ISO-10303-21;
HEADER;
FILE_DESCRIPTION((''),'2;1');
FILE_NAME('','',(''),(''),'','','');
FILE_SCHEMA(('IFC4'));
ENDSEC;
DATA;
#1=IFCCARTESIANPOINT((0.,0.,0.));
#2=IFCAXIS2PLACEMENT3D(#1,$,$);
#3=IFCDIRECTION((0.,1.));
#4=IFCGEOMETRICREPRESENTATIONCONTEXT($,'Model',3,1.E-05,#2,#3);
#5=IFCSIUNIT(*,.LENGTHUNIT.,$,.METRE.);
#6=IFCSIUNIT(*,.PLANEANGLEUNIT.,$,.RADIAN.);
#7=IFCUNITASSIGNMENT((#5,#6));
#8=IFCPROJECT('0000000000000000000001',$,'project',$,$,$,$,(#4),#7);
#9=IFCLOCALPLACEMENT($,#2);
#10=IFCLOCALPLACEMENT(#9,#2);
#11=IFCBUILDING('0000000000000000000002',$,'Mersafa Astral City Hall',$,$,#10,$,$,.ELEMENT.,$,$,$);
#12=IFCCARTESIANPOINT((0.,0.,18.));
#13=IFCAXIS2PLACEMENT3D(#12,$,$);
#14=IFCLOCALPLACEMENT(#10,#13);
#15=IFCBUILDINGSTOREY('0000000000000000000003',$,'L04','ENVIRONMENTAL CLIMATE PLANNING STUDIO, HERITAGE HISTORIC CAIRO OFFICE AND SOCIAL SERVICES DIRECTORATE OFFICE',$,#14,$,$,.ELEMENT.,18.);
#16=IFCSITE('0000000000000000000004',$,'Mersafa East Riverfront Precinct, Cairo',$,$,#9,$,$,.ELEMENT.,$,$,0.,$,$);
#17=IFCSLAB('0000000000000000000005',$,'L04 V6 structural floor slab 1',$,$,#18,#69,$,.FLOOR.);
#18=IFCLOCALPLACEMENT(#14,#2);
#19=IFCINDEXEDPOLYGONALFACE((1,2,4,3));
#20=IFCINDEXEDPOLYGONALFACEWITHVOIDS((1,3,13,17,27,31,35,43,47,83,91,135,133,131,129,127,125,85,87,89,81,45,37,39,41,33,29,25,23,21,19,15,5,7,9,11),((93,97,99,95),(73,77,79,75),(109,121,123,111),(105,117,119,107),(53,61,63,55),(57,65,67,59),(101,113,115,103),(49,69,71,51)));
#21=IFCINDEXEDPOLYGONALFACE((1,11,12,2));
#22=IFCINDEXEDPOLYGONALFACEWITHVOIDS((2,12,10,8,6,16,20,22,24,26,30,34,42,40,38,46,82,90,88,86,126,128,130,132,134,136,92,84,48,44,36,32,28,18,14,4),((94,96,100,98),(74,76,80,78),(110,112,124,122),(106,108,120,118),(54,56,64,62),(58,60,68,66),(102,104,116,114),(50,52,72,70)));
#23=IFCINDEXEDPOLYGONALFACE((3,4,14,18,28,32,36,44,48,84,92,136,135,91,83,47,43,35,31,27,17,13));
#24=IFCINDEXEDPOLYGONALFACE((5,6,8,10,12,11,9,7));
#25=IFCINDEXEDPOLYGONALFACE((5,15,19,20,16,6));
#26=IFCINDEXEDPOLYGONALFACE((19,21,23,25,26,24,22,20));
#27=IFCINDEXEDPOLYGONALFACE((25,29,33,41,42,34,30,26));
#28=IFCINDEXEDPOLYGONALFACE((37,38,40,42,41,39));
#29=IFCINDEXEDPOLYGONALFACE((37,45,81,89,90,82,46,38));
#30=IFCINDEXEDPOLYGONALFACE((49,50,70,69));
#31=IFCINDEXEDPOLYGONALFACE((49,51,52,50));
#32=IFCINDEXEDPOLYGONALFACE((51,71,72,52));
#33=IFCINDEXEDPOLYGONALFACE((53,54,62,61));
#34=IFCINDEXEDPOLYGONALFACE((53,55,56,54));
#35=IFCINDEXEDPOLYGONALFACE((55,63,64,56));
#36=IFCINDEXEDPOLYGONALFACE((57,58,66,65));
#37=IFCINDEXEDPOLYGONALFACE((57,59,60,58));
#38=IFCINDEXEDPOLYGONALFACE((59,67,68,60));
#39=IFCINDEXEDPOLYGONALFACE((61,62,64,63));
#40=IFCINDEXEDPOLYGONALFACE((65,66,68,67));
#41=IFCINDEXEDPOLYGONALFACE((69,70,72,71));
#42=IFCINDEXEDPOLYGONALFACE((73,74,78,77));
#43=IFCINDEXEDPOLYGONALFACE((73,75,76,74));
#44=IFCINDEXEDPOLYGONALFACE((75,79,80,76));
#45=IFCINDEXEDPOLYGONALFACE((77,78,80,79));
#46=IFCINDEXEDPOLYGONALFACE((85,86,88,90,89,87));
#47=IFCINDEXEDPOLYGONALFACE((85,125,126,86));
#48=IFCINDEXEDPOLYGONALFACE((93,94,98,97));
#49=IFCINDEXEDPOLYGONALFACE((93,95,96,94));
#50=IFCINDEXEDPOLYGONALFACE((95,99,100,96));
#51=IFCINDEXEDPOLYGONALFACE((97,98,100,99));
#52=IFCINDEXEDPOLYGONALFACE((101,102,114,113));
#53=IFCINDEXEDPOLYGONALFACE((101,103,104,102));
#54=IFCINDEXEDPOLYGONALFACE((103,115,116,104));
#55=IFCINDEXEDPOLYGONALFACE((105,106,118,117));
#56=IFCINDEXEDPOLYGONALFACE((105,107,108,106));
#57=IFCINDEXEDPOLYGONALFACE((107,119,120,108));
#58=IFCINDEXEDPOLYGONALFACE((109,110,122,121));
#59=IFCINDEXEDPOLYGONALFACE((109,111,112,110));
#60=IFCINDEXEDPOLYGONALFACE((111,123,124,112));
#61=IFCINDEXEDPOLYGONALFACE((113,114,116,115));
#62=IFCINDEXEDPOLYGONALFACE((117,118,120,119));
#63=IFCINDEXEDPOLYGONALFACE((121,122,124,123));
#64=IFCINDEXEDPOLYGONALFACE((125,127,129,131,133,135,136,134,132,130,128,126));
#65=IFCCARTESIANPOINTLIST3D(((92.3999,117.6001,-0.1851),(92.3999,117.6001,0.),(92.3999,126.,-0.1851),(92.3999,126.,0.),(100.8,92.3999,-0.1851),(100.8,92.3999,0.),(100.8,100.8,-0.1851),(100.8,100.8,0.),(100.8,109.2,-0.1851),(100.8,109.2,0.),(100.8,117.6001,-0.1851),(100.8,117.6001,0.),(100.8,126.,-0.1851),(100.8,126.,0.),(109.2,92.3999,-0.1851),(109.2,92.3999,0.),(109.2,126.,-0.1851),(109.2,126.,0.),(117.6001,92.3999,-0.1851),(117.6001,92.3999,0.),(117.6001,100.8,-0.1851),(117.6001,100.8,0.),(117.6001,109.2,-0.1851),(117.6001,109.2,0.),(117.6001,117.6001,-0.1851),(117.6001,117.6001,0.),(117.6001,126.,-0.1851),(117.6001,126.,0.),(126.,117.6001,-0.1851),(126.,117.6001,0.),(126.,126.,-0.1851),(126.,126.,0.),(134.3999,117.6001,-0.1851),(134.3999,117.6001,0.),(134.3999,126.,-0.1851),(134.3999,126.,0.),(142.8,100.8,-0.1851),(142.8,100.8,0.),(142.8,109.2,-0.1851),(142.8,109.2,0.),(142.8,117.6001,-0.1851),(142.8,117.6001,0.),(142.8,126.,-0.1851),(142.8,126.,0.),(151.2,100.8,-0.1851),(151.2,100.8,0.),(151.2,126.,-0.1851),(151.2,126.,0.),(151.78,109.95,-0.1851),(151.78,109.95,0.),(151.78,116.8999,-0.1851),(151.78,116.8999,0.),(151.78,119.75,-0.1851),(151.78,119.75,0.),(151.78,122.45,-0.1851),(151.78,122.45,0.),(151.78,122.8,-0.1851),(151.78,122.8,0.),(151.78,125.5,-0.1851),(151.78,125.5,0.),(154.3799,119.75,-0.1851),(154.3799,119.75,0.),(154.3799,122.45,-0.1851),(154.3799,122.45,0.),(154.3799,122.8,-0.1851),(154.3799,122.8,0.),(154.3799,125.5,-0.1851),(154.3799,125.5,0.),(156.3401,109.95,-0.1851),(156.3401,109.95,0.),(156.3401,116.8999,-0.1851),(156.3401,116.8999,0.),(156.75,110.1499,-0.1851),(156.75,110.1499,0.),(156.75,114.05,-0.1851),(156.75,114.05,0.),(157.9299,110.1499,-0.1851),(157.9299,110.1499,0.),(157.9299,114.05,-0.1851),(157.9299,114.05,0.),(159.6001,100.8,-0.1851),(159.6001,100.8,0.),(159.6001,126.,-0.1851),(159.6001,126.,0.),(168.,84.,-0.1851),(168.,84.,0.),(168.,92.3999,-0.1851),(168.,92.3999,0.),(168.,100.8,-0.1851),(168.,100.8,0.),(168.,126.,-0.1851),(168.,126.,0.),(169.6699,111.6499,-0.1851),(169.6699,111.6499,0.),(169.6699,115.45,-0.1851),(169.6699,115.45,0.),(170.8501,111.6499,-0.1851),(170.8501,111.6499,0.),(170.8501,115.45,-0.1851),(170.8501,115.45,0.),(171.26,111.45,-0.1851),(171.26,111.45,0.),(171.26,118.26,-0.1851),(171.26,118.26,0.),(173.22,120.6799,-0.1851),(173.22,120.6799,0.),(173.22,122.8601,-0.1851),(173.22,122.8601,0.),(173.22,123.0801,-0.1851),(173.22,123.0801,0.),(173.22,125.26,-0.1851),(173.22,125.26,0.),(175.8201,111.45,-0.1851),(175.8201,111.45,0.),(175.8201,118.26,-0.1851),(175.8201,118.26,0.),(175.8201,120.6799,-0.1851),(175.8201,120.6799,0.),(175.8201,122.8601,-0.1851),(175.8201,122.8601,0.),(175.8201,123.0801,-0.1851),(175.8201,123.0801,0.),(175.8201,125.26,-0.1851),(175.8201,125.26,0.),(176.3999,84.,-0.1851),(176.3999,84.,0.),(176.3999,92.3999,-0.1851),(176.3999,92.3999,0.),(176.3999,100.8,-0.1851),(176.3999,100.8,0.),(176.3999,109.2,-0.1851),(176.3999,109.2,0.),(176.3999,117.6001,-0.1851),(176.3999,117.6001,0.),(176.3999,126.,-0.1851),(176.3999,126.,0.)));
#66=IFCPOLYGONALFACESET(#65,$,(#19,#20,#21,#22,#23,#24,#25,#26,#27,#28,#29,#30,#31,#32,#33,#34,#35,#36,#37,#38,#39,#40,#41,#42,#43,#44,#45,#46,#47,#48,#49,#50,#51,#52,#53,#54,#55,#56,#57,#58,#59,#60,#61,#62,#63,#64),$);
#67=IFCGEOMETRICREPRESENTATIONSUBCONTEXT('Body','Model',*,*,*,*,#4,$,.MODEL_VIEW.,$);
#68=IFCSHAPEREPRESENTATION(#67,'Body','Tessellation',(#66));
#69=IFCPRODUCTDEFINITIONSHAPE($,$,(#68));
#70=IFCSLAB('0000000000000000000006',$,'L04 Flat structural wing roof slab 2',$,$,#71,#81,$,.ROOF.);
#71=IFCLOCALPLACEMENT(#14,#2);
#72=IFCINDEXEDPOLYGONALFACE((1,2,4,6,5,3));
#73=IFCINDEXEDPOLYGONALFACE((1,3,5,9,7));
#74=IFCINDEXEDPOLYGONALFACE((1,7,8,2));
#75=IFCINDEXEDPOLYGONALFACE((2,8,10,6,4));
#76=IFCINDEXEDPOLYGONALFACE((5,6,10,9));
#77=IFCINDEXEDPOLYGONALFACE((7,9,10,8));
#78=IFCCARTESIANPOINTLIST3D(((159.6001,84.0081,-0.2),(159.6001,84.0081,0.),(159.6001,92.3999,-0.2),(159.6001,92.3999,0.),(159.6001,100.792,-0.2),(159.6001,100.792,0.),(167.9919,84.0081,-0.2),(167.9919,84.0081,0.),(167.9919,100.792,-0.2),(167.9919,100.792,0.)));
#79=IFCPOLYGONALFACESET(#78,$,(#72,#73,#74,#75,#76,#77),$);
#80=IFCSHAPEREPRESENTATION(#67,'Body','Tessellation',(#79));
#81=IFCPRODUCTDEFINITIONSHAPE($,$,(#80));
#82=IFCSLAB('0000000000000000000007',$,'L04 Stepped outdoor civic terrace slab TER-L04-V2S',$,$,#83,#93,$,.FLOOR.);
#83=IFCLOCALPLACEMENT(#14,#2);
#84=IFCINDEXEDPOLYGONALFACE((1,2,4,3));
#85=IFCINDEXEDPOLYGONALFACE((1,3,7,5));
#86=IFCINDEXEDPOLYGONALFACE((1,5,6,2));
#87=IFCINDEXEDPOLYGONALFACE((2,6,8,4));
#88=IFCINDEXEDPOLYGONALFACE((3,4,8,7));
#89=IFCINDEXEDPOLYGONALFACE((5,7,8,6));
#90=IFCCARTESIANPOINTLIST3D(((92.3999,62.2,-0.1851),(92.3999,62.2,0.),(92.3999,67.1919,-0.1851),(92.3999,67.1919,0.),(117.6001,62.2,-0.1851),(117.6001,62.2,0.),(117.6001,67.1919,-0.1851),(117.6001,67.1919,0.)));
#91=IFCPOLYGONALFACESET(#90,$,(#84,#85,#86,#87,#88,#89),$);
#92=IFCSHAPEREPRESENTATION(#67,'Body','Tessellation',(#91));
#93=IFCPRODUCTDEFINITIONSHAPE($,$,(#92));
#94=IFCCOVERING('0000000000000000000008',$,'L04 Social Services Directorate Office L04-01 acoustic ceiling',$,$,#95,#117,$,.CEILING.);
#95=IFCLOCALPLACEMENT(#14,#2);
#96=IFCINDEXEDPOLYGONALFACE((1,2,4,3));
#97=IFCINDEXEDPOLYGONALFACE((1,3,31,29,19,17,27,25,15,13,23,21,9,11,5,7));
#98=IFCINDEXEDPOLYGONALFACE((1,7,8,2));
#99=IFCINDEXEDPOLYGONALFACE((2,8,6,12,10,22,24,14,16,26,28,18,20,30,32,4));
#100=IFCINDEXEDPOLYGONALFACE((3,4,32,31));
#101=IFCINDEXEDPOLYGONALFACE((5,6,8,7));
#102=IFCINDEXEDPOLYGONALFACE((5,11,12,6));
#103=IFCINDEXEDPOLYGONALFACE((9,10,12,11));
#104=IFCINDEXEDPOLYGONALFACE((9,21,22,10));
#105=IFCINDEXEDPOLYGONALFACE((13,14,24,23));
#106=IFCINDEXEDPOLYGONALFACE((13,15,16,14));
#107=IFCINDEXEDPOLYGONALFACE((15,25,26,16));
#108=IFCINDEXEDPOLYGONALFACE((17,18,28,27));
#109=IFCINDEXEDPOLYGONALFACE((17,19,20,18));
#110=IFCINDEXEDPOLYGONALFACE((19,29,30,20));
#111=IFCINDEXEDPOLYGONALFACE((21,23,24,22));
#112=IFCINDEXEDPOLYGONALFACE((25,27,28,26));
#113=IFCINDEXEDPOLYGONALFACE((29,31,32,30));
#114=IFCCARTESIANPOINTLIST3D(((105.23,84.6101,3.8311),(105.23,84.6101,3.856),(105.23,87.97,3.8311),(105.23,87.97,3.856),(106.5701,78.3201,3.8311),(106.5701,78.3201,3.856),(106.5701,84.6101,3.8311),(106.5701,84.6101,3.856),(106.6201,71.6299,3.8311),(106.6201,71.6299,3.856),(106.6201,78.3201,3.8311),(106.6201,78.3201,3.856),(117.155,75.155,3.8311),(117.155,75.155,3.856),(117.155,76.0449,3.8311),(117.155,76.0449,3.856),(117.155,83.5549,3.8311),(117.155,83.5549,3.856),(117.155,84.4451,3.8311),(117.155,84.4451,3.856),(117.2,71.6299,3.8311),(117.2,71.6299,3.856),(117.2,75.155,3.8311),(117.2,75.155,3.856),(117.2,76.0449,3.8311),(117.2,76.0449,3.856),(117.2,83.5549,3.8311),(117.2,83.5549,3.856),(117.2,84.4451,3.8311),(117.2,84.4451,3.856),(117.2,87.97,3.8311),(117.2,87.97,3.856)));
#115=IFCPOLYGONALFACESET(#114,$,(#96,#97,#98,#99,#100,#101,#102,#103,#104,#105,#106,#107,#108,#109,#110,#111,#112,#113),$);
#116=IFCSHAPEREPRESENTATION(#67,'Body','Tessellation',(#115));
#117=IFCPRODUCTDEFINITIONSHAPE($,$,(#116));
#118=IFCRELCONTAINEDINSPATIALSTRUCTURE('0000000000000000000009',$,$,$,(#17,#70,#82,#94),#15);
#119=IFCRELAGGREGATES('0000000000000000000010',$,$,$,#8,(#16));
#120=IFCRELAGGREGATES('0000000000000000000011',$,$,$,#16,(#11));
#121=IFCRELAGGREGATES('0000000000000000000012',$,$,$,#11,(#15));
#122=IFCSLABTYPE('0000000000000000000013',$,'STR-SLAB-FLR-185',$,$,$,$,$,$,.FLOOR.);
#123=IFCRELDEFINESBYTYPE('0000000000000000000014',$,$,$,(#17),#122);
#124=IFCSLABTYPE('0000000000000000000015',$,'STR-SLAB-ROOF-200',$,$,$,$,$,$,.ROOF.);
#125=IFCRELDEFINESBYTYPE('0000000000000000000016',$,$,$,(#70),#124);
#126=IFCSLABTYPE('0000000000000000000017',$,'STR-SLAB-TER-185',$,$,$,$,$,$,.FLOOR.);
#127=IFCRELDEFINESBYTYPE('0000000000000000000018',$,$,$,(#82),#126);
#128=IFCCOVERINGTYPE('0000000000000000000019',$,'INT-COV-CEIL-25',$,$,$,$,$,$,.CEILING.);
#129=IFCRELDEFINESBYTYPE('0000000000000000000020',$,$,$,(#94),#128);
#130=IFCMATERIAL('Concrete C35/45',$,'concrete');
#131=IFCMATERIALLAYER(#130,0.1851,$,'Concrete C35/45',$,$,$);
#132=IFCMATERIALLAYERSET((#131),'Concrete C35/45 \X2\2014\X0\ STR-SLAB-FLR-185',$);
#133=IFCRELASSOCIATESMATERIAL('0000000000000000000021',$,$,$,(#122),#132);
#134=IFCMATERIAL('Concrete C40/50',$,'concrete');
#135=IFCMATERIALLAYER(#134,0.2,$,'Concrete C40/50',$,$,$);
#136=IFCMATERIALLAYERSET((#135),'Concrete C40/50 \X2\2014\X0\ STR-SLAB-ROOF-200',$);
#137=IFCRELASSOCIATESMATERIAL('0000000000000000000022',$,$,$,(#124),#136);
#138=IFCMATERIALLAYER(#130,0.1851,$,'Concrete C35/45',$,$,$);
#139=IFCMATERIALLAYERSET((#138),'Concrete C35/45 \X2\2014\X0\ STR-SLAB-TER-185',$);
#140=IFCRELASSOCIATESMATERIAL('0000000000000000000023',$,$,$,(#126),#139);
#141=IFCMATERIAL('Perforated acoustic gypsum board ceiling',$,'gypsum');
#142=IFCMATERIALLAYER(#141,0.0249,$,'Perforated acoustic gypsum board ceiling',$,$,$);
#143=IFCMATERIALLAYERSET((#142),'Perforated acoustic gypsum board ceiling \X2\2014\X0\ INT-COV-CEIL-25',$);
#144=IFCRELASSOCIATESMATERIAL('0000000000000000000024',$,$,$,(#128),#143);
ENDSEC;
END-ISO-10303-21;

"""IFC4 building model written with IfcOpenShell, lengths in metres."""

from ifc_helpers import new_model, si_unit, direction, frame, origin, place, context, subcontext, project, spatial, polyline, outline, extrude, material, layer, layer_set, type_object, element, save


model = new_model("IFC4")

# Units and contexts
model_context = context("Model", 3, precision=1e-05, world=origin(), true_north=direction((0.0, 1.0)))
body_context = subcontext(model_context, "Body", "Model", "MODEL_VIEW")
ifc_project = project(units=[si_unit("LENGTHUNIT", "METRE"), si_unit("PLANEANGLEUNIT", "RADIAN")], contexts=[model_context])

# Site, building, storey
site_placement = place(None, origin())
site = spatial("IfcSite", under=ifc_project, at=site_placement, Name="Mersafa East Riverfront Precinct, Cairo", CompositionType="ELEMENT", RefElevation=0.0)
building_placement = place(site_placement, origin())
building = spatial("IfcBuilding", under=site, at=building_placement, Name="Mersafa Astral City Hall", CompositionType="ELEMENT")
storey_placement = place(building_placement, frame((0.0, 0.0, 18.0)))
storey = spatial("IfcBuildingStorey", under=building, at=storey_placement, Name="L04", Description="ENVIRONMENTAL CLIMATE PLANNING STUDIO, HERITAGE HISTORIC CAIRO OFFICE AND SOCIAL SERVICES DIRECTORATE OFFICE", CompositionType="ELEMENT", Elevation=18.0)

# Shared definitions
ifc_material_1 = material(Name="Concrete C40/50", Category="concrete")

# Slabs
ifc_material_2 = material(Name="Concrete C35/45", Category="concrete")
ifc_layer_1 = layer(ifc_material_2, 0.1851, Name="Concrete C35/45")
ifc_layer_set_1 = layer_set([ifc_layer_1], Name="Concrete C35/45 — STR-SLAB-FLR-185")
slab_type_1 = type_object("IfcSlabType", Name="STR-SLAB-FLR-185", PredefinedType="FLOOR", material=ifc_layer_set_1)
slab_1_placement = place(storey_placement, frame((0.0, 0.0, -0.1851)))
element("IfcSlab", 1, at=slab_1_placement, inside=storey, type_object=slab_type_1, Name="L04 V6 structural floor slab 1", PredefinedType="FLOOR", context=body_context, shape_type="SweptSolid", body=[
    extrude(outline(polyline([(92.3999, 117.6001), (92.3999, 126.0), (100.8, 126.0), (109.2, 126.0), (117.6001, 126.0), (126.0, 126.0), (134.3999, 126.0), (142.8, 126.0), (151.2, 126.0), (159.6001, 126.0), (168.0, 126.0), (176.3999, 126.0), (176.3999, 117.6001), (176.3999, 109.2), (176.3999, 100.8), (176.3999, 92.3999), (176.3999, 84.0), (168.0, 84.0), (168.0, 92.3999), (168.0, 100.8), (159.6001, 100.8), (151.2, 100.8), (142.8, 100.8), (142.8, 109.2), (142.8, 117.6001), (134.3999, 117.6001), (126.0, 117.6001), (117.6001, 117.6001), (117.6001, 109.2), (117.6001, 100.8), (117.6001, 92.3999), (109.2, 92.3999), (100.8, 92.3999), (100.8, 100.8), (100.8, 109.2), (100.8, 117.6001), (92.3999, 117.6001)]), holes=[polyline([(154.3799, 122.45), (151.78, 122.45), (151.78, 119.75), (154.3799, 119.75), (154.3799, 122.45)]), polyline([(154.3799, 122.8), (154.3799, 125.5), (151.78, 125.5), (151.78, 122.8), (154.3799, 122.8)]), polyline([(157.9299, 114.05), (156.75, 114.05), (156.75, 110.1499), (157.9299, 110.1499), (157.9299, 114.05)]), polyline([(151.78, 109.95), (156.3401, 109.95), (156.3401, 116.8999), (151.78, 116.8999), (151.78, 109.95)]), polyline([(170.8501, 115.45), (169.6699, 115.45), (169.6699, 111.6499), (170.8501, 111.6499), (170.8501, 115.45)]), polyline([(171.26, 111.45), (175.8201, 111.45), (175.8201, 118.26), (171.26, 118.26), (171.26, 111.45)]), polyline([(175.8201, 120.6799), (175.8201, 122.8601), (173.22, 122.8601), (173.22, 120.6799), (175.8201, 120.6799)]), polyline([(175.8201, 123.0801), (175.8201, 125.26), (173.22, 125.26), (173.22, 123.0801), (175.8201, 123.0801)])]), origin(), (0.0, 0.0, 1.0), 0.1851),
])
ifc_layer_2 = layer(ifc_material_1, 0.2, Name="Concrete C40/50")
ifc_layer_set_2 = layer_set([ifc_layer_2], Name="Concrete C40/50 — STR-SLAB-ROOF-200")
slab_type_2 = type_object("IfcSlabType", Name="STR-SLAB-ROOF-200", PredefinedType="ROOF", material=ifc_layer_set_2)
slab_2_placement = place(storey_placement, frame((0.0, 0.0, -0.2)))
element("IfcSlab", 2, at=slab_2_placement, inside=storey, type_object=slab_type_2, Name="L04 Flat structural wing roof slab 2", PredefinedType="ROOF", context=body_context, shape_type="SweptSolid", body=[
    extrude(outline(polyline([(159.6001, 92.3999), (159.6001, 100.792), (167.9919, 100.792), (167.9919, 84.0081), (159.6001, 84.0081), (159.6001, 92.3999)])), origin(), (0.0, 0.0, 1.0), 0.2),
])
ifc_layer_3 = layer(ifc_material_2, 0.1851, Name="Concrete C35/45")
ifc_layer_set_3 = layer_set([ifc_layer_3], Name="Concrete C35/45 — STR-SLAB-TER-185")
slab_type_3 = type_object("IfcSlabType", Name="STR-SLAB-TER-185", PredefinedType="FLOOR", material=ifc_layer_set_3)
slab_3_placement = place(storey_placement, frame((0.0, 0.0, -0.1851)))
element("IfcSlab", 3, at=slab_3_placement, inside=storey, type_object=slab_type_3, Name="L04 Stepped outdoor civic terrace slab TER-L04-V2S", PredefinedType="FLOOR", context=body_context, shape_type="SweptSolid", body=[
    extrude(outline(polyline([(117.6001, 62.2), (92.3999, 62.2), (92.3999, 67.1919), (117.6001, 67.1919), (117.6001, 62.2)])), origin(), (0.0, 0.0, 1.0), 0.1851),
])

# Covering
ifc_material_3 = material(Name="Perforated acoustic gypsum board ceiling", Category="gypsum")
ifc_layer_4 = layer(ifc_material_3, 0.0249, Name="Perforated acoustic gypsum board ceiling")
ifc_layer_set_4 = layer_set([ifc_layer_4], Name="Perforated acoustic gypsum board ceiling — INT-COV-CEIL-25")
covering_type_1 = type_object("IfcCoveringType", Name="INT-COV-CEIL-25", PredefinedType="CEILING", material=ifc_layer_set_4)
covering_1_placement = place(storey_placement, frame((0.0, 0.0, 3.8311)))
element("IfcCovering", 4, at=covering_1_placement, inside=storey, type_object=covering_type_1, Name="L04 Social Services Directorate Office L04-01 acoustic ceiling", PredefinedType="CEILING", context=body_context, shape_type="SweptSolid", body=[
    extrude(outline(polyline([(106.5701, 84.6101), (105.23, 84.6101), (105.23, 87.97), (117.2, 87.97), (117.2, 84.4451), (117.155, 84.4451), (117.155, 83.5549), (117.2, 83.5549), (117.2, 76.0449), (117.155, 76.0449), (117.155, 75.155), (117.2, 75.155), (117.2, 71.6299), (106.6201, 71.6299), (106.6201, 78.3201), (106.5701, 78.3201), (106.5701, 84.6101)])), origin(), (0.0, 0.0, 1.0), 0.0249),
])

save(model, "model.ifc")
